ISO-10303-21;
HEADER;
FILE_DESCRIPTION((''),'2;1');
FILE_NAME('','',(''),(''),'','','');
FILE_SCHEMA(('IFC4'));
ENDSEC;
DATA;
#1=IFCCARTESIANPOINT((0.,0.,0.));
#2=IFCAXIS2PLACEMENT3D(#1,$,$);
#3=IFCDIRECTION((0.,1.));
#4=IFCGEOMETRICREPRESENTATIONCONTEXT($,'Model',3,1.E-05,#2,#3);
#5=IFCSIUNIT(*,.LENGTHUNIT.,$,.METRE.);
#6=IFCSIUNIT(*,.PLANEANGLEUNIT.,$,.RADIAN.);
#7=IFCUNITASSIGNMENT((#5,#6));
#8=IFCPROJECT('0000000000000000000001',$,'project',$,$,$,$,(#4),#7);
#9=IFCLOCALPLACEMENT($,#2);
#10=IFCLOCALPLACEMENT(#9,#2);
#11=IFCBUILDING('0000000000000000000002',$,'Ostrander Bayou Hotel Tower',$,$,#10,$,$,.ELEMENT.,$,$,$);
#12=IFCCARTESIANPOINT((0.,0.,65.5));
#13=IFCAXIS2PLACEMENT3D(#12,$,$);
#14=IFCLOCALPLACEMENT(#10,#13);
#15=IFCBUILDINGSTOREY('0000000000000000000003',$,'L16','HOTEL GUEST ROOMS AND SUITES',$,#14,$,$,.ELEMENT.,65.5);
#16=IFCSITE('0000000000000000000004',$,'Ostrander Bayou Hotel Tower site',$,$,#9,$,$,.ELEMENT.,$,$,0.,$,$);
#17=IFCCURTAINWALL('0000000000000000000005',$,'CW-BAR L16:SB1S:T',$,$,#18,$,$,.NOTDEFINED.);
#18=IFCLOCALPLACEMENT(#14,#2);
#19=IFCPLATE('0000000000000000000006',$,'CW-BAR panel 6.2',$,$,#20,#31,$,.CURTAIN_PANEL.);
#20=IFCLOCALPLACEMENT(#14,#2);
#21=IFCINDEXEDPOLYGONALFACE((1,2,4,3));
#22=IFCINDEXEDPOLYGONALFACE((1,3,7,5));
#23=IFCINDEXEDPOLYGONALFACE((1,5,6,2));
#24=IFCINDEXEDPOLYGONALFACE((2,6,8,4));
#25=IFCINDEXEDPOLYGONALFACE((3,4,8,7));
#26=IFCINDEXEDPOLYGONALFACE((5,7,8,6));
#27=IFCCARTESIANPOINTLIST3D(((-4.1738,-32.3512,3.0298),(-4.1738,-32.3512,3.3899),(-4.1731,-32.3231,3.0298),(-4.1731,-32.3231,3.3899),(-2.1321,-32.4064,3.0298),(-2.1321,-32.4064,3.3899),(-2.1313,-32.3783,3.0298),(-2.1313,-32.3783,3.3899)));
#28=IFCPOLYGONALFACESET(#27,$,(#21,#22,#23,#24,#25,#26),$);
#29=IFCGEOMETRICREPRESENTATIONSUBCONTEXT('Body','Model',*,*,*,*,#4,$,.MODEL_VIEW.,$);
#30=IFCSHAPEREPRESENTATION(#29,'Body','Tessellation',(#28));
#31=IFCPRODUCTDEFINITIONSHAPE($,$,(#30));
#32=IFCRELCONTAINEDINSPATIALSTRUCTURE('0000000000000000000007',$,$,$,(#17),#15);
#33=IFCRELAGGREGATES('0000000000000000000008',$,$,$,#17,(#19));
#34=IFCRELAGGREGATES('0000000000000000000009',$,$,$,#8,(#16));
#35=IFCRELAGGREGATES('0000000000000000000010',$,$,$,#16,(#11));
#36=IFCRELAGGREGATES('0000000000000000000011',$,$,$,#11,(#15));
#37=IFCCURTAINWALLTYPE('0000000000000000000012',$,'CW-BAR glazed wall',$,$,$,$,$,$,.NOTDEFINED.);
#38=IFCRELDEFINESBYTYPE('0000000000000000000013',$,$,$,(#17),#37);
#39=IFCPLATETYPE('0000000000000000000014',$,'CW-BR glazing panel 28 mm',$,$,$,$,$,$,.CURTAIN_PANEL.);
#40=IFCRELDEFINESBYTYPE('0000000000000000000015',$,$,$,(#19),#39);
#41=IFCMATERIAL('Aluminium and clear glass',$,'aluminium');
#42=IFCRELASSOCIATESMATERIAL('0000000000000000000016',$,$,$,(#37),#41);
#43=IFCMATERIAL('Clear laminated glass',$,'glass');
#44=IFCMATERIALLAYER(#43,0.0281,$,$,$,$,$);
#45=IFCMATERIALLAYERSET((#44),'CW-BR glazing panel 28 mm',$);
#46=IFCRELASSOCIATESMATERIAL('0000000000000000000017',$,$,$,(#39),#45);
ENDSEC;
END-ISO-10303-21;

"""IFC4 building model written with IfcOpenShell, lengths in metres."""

from ifc_helpers import new_model, si_unit, direction, frame, origin, origin_2d, place, context, subcontext, project, spatial, rectangle, extrude, material, layer, layer_set, type_object, element, aggregate, save


model = new_model("IFC4")

# Units and contexts
model_context = context("Model", 3, precision=1e-05, world=origin(), true_north=direction((0.0, 1.0)))
body_context = subcontext(model_context, "Body", "Model", "MODEL_VIEW")
ifc_project = project(units=[si_unit("LENGTHUNIT", "METRE"), si_unit("PLANEANGLEUNIT", "RADIAN")], contexts=[model_context])

# Site, building, storey
site_placement = place(None, origin())
site = spatial("IfcSite", under=ifc_project, at=site_placement, Name="Ostrander Bayou Hotel Tower site", CompositionType="ELEMENT", RefElevation=0.0)
building_placement = place(site_placement, origin())
building = spatial("IfcBuilding", under=site, at=building_placement, Name="Ostrander Bayou Hotel Tower", CompositionType="ELEMENT")
storey_placement = place(building_placement, frame((0.0, 0.0, 65.5)))
storey = spatial("IfcBuildingStorey", under=building, at=storey_placement, Name="L16", Description="HOTEL GUEST ROOMS AND SUITES", CompositionType="ELEMENT", Elevation=65.5)

# Curtain wall, plate
ifc_material_1 = material(Name="Aluminium and clear glass", Category="aluminium")
curtain_wall_type = type_object("IfcCurtainWallType", Name="CW-BAR glazed wall", PredefinedType="NOTDEFINED", material=ifc_material_1)
curtain_wall_placement = place(storey_placement, origin())
curtain_wall = element("IfcCurtainWall", 1, at=curtain_wall_placement, inside=storey, type_object=curtain_wall_type, Name="CW-BAR L16:SB1S:T", PredefinedType="NOTDEFINED")
ifc_material_2 = material(Name="Clear laminated glass", Category="glass")
ifc_layer_1 = layer(ifc_material_2, 0.0281)
ifc_layer_set_1 = layer_set([ifc_layer_1], Name="CW-BR glazing panel 28 mm")
plate_type = type_object("IfcPlateType", Name="CW-BR glazing panel 28 mm", PredefinedType="CURTAIN_PANEL", material=ifc_layer_set_1)
plate_1_placement = place(storey_placement, frame((-3.1526, -32.3647, 3.0298), z_axis=(0.0, 0.0, 1.0), x_axis=(0.999634, -0.027042, 0.0)))
plate_1 = element("IfcPlate", 2, at=plate_1_placement, type_object=plate_type, Name="CW-BAR panel 6.2", PredefinedType="CURTAIN_PANEL", context=body_context, shape_type="SweptSolid", body=[
    extrude(rectangle(XDim=2.0425, YDim=0.0281, at=origin_2d()), origin(), (0.0, 0.0, 1.0), 0.3601),
])
aggregate(curtain_wall, [plate_1])

save(model, "model.ifc")
